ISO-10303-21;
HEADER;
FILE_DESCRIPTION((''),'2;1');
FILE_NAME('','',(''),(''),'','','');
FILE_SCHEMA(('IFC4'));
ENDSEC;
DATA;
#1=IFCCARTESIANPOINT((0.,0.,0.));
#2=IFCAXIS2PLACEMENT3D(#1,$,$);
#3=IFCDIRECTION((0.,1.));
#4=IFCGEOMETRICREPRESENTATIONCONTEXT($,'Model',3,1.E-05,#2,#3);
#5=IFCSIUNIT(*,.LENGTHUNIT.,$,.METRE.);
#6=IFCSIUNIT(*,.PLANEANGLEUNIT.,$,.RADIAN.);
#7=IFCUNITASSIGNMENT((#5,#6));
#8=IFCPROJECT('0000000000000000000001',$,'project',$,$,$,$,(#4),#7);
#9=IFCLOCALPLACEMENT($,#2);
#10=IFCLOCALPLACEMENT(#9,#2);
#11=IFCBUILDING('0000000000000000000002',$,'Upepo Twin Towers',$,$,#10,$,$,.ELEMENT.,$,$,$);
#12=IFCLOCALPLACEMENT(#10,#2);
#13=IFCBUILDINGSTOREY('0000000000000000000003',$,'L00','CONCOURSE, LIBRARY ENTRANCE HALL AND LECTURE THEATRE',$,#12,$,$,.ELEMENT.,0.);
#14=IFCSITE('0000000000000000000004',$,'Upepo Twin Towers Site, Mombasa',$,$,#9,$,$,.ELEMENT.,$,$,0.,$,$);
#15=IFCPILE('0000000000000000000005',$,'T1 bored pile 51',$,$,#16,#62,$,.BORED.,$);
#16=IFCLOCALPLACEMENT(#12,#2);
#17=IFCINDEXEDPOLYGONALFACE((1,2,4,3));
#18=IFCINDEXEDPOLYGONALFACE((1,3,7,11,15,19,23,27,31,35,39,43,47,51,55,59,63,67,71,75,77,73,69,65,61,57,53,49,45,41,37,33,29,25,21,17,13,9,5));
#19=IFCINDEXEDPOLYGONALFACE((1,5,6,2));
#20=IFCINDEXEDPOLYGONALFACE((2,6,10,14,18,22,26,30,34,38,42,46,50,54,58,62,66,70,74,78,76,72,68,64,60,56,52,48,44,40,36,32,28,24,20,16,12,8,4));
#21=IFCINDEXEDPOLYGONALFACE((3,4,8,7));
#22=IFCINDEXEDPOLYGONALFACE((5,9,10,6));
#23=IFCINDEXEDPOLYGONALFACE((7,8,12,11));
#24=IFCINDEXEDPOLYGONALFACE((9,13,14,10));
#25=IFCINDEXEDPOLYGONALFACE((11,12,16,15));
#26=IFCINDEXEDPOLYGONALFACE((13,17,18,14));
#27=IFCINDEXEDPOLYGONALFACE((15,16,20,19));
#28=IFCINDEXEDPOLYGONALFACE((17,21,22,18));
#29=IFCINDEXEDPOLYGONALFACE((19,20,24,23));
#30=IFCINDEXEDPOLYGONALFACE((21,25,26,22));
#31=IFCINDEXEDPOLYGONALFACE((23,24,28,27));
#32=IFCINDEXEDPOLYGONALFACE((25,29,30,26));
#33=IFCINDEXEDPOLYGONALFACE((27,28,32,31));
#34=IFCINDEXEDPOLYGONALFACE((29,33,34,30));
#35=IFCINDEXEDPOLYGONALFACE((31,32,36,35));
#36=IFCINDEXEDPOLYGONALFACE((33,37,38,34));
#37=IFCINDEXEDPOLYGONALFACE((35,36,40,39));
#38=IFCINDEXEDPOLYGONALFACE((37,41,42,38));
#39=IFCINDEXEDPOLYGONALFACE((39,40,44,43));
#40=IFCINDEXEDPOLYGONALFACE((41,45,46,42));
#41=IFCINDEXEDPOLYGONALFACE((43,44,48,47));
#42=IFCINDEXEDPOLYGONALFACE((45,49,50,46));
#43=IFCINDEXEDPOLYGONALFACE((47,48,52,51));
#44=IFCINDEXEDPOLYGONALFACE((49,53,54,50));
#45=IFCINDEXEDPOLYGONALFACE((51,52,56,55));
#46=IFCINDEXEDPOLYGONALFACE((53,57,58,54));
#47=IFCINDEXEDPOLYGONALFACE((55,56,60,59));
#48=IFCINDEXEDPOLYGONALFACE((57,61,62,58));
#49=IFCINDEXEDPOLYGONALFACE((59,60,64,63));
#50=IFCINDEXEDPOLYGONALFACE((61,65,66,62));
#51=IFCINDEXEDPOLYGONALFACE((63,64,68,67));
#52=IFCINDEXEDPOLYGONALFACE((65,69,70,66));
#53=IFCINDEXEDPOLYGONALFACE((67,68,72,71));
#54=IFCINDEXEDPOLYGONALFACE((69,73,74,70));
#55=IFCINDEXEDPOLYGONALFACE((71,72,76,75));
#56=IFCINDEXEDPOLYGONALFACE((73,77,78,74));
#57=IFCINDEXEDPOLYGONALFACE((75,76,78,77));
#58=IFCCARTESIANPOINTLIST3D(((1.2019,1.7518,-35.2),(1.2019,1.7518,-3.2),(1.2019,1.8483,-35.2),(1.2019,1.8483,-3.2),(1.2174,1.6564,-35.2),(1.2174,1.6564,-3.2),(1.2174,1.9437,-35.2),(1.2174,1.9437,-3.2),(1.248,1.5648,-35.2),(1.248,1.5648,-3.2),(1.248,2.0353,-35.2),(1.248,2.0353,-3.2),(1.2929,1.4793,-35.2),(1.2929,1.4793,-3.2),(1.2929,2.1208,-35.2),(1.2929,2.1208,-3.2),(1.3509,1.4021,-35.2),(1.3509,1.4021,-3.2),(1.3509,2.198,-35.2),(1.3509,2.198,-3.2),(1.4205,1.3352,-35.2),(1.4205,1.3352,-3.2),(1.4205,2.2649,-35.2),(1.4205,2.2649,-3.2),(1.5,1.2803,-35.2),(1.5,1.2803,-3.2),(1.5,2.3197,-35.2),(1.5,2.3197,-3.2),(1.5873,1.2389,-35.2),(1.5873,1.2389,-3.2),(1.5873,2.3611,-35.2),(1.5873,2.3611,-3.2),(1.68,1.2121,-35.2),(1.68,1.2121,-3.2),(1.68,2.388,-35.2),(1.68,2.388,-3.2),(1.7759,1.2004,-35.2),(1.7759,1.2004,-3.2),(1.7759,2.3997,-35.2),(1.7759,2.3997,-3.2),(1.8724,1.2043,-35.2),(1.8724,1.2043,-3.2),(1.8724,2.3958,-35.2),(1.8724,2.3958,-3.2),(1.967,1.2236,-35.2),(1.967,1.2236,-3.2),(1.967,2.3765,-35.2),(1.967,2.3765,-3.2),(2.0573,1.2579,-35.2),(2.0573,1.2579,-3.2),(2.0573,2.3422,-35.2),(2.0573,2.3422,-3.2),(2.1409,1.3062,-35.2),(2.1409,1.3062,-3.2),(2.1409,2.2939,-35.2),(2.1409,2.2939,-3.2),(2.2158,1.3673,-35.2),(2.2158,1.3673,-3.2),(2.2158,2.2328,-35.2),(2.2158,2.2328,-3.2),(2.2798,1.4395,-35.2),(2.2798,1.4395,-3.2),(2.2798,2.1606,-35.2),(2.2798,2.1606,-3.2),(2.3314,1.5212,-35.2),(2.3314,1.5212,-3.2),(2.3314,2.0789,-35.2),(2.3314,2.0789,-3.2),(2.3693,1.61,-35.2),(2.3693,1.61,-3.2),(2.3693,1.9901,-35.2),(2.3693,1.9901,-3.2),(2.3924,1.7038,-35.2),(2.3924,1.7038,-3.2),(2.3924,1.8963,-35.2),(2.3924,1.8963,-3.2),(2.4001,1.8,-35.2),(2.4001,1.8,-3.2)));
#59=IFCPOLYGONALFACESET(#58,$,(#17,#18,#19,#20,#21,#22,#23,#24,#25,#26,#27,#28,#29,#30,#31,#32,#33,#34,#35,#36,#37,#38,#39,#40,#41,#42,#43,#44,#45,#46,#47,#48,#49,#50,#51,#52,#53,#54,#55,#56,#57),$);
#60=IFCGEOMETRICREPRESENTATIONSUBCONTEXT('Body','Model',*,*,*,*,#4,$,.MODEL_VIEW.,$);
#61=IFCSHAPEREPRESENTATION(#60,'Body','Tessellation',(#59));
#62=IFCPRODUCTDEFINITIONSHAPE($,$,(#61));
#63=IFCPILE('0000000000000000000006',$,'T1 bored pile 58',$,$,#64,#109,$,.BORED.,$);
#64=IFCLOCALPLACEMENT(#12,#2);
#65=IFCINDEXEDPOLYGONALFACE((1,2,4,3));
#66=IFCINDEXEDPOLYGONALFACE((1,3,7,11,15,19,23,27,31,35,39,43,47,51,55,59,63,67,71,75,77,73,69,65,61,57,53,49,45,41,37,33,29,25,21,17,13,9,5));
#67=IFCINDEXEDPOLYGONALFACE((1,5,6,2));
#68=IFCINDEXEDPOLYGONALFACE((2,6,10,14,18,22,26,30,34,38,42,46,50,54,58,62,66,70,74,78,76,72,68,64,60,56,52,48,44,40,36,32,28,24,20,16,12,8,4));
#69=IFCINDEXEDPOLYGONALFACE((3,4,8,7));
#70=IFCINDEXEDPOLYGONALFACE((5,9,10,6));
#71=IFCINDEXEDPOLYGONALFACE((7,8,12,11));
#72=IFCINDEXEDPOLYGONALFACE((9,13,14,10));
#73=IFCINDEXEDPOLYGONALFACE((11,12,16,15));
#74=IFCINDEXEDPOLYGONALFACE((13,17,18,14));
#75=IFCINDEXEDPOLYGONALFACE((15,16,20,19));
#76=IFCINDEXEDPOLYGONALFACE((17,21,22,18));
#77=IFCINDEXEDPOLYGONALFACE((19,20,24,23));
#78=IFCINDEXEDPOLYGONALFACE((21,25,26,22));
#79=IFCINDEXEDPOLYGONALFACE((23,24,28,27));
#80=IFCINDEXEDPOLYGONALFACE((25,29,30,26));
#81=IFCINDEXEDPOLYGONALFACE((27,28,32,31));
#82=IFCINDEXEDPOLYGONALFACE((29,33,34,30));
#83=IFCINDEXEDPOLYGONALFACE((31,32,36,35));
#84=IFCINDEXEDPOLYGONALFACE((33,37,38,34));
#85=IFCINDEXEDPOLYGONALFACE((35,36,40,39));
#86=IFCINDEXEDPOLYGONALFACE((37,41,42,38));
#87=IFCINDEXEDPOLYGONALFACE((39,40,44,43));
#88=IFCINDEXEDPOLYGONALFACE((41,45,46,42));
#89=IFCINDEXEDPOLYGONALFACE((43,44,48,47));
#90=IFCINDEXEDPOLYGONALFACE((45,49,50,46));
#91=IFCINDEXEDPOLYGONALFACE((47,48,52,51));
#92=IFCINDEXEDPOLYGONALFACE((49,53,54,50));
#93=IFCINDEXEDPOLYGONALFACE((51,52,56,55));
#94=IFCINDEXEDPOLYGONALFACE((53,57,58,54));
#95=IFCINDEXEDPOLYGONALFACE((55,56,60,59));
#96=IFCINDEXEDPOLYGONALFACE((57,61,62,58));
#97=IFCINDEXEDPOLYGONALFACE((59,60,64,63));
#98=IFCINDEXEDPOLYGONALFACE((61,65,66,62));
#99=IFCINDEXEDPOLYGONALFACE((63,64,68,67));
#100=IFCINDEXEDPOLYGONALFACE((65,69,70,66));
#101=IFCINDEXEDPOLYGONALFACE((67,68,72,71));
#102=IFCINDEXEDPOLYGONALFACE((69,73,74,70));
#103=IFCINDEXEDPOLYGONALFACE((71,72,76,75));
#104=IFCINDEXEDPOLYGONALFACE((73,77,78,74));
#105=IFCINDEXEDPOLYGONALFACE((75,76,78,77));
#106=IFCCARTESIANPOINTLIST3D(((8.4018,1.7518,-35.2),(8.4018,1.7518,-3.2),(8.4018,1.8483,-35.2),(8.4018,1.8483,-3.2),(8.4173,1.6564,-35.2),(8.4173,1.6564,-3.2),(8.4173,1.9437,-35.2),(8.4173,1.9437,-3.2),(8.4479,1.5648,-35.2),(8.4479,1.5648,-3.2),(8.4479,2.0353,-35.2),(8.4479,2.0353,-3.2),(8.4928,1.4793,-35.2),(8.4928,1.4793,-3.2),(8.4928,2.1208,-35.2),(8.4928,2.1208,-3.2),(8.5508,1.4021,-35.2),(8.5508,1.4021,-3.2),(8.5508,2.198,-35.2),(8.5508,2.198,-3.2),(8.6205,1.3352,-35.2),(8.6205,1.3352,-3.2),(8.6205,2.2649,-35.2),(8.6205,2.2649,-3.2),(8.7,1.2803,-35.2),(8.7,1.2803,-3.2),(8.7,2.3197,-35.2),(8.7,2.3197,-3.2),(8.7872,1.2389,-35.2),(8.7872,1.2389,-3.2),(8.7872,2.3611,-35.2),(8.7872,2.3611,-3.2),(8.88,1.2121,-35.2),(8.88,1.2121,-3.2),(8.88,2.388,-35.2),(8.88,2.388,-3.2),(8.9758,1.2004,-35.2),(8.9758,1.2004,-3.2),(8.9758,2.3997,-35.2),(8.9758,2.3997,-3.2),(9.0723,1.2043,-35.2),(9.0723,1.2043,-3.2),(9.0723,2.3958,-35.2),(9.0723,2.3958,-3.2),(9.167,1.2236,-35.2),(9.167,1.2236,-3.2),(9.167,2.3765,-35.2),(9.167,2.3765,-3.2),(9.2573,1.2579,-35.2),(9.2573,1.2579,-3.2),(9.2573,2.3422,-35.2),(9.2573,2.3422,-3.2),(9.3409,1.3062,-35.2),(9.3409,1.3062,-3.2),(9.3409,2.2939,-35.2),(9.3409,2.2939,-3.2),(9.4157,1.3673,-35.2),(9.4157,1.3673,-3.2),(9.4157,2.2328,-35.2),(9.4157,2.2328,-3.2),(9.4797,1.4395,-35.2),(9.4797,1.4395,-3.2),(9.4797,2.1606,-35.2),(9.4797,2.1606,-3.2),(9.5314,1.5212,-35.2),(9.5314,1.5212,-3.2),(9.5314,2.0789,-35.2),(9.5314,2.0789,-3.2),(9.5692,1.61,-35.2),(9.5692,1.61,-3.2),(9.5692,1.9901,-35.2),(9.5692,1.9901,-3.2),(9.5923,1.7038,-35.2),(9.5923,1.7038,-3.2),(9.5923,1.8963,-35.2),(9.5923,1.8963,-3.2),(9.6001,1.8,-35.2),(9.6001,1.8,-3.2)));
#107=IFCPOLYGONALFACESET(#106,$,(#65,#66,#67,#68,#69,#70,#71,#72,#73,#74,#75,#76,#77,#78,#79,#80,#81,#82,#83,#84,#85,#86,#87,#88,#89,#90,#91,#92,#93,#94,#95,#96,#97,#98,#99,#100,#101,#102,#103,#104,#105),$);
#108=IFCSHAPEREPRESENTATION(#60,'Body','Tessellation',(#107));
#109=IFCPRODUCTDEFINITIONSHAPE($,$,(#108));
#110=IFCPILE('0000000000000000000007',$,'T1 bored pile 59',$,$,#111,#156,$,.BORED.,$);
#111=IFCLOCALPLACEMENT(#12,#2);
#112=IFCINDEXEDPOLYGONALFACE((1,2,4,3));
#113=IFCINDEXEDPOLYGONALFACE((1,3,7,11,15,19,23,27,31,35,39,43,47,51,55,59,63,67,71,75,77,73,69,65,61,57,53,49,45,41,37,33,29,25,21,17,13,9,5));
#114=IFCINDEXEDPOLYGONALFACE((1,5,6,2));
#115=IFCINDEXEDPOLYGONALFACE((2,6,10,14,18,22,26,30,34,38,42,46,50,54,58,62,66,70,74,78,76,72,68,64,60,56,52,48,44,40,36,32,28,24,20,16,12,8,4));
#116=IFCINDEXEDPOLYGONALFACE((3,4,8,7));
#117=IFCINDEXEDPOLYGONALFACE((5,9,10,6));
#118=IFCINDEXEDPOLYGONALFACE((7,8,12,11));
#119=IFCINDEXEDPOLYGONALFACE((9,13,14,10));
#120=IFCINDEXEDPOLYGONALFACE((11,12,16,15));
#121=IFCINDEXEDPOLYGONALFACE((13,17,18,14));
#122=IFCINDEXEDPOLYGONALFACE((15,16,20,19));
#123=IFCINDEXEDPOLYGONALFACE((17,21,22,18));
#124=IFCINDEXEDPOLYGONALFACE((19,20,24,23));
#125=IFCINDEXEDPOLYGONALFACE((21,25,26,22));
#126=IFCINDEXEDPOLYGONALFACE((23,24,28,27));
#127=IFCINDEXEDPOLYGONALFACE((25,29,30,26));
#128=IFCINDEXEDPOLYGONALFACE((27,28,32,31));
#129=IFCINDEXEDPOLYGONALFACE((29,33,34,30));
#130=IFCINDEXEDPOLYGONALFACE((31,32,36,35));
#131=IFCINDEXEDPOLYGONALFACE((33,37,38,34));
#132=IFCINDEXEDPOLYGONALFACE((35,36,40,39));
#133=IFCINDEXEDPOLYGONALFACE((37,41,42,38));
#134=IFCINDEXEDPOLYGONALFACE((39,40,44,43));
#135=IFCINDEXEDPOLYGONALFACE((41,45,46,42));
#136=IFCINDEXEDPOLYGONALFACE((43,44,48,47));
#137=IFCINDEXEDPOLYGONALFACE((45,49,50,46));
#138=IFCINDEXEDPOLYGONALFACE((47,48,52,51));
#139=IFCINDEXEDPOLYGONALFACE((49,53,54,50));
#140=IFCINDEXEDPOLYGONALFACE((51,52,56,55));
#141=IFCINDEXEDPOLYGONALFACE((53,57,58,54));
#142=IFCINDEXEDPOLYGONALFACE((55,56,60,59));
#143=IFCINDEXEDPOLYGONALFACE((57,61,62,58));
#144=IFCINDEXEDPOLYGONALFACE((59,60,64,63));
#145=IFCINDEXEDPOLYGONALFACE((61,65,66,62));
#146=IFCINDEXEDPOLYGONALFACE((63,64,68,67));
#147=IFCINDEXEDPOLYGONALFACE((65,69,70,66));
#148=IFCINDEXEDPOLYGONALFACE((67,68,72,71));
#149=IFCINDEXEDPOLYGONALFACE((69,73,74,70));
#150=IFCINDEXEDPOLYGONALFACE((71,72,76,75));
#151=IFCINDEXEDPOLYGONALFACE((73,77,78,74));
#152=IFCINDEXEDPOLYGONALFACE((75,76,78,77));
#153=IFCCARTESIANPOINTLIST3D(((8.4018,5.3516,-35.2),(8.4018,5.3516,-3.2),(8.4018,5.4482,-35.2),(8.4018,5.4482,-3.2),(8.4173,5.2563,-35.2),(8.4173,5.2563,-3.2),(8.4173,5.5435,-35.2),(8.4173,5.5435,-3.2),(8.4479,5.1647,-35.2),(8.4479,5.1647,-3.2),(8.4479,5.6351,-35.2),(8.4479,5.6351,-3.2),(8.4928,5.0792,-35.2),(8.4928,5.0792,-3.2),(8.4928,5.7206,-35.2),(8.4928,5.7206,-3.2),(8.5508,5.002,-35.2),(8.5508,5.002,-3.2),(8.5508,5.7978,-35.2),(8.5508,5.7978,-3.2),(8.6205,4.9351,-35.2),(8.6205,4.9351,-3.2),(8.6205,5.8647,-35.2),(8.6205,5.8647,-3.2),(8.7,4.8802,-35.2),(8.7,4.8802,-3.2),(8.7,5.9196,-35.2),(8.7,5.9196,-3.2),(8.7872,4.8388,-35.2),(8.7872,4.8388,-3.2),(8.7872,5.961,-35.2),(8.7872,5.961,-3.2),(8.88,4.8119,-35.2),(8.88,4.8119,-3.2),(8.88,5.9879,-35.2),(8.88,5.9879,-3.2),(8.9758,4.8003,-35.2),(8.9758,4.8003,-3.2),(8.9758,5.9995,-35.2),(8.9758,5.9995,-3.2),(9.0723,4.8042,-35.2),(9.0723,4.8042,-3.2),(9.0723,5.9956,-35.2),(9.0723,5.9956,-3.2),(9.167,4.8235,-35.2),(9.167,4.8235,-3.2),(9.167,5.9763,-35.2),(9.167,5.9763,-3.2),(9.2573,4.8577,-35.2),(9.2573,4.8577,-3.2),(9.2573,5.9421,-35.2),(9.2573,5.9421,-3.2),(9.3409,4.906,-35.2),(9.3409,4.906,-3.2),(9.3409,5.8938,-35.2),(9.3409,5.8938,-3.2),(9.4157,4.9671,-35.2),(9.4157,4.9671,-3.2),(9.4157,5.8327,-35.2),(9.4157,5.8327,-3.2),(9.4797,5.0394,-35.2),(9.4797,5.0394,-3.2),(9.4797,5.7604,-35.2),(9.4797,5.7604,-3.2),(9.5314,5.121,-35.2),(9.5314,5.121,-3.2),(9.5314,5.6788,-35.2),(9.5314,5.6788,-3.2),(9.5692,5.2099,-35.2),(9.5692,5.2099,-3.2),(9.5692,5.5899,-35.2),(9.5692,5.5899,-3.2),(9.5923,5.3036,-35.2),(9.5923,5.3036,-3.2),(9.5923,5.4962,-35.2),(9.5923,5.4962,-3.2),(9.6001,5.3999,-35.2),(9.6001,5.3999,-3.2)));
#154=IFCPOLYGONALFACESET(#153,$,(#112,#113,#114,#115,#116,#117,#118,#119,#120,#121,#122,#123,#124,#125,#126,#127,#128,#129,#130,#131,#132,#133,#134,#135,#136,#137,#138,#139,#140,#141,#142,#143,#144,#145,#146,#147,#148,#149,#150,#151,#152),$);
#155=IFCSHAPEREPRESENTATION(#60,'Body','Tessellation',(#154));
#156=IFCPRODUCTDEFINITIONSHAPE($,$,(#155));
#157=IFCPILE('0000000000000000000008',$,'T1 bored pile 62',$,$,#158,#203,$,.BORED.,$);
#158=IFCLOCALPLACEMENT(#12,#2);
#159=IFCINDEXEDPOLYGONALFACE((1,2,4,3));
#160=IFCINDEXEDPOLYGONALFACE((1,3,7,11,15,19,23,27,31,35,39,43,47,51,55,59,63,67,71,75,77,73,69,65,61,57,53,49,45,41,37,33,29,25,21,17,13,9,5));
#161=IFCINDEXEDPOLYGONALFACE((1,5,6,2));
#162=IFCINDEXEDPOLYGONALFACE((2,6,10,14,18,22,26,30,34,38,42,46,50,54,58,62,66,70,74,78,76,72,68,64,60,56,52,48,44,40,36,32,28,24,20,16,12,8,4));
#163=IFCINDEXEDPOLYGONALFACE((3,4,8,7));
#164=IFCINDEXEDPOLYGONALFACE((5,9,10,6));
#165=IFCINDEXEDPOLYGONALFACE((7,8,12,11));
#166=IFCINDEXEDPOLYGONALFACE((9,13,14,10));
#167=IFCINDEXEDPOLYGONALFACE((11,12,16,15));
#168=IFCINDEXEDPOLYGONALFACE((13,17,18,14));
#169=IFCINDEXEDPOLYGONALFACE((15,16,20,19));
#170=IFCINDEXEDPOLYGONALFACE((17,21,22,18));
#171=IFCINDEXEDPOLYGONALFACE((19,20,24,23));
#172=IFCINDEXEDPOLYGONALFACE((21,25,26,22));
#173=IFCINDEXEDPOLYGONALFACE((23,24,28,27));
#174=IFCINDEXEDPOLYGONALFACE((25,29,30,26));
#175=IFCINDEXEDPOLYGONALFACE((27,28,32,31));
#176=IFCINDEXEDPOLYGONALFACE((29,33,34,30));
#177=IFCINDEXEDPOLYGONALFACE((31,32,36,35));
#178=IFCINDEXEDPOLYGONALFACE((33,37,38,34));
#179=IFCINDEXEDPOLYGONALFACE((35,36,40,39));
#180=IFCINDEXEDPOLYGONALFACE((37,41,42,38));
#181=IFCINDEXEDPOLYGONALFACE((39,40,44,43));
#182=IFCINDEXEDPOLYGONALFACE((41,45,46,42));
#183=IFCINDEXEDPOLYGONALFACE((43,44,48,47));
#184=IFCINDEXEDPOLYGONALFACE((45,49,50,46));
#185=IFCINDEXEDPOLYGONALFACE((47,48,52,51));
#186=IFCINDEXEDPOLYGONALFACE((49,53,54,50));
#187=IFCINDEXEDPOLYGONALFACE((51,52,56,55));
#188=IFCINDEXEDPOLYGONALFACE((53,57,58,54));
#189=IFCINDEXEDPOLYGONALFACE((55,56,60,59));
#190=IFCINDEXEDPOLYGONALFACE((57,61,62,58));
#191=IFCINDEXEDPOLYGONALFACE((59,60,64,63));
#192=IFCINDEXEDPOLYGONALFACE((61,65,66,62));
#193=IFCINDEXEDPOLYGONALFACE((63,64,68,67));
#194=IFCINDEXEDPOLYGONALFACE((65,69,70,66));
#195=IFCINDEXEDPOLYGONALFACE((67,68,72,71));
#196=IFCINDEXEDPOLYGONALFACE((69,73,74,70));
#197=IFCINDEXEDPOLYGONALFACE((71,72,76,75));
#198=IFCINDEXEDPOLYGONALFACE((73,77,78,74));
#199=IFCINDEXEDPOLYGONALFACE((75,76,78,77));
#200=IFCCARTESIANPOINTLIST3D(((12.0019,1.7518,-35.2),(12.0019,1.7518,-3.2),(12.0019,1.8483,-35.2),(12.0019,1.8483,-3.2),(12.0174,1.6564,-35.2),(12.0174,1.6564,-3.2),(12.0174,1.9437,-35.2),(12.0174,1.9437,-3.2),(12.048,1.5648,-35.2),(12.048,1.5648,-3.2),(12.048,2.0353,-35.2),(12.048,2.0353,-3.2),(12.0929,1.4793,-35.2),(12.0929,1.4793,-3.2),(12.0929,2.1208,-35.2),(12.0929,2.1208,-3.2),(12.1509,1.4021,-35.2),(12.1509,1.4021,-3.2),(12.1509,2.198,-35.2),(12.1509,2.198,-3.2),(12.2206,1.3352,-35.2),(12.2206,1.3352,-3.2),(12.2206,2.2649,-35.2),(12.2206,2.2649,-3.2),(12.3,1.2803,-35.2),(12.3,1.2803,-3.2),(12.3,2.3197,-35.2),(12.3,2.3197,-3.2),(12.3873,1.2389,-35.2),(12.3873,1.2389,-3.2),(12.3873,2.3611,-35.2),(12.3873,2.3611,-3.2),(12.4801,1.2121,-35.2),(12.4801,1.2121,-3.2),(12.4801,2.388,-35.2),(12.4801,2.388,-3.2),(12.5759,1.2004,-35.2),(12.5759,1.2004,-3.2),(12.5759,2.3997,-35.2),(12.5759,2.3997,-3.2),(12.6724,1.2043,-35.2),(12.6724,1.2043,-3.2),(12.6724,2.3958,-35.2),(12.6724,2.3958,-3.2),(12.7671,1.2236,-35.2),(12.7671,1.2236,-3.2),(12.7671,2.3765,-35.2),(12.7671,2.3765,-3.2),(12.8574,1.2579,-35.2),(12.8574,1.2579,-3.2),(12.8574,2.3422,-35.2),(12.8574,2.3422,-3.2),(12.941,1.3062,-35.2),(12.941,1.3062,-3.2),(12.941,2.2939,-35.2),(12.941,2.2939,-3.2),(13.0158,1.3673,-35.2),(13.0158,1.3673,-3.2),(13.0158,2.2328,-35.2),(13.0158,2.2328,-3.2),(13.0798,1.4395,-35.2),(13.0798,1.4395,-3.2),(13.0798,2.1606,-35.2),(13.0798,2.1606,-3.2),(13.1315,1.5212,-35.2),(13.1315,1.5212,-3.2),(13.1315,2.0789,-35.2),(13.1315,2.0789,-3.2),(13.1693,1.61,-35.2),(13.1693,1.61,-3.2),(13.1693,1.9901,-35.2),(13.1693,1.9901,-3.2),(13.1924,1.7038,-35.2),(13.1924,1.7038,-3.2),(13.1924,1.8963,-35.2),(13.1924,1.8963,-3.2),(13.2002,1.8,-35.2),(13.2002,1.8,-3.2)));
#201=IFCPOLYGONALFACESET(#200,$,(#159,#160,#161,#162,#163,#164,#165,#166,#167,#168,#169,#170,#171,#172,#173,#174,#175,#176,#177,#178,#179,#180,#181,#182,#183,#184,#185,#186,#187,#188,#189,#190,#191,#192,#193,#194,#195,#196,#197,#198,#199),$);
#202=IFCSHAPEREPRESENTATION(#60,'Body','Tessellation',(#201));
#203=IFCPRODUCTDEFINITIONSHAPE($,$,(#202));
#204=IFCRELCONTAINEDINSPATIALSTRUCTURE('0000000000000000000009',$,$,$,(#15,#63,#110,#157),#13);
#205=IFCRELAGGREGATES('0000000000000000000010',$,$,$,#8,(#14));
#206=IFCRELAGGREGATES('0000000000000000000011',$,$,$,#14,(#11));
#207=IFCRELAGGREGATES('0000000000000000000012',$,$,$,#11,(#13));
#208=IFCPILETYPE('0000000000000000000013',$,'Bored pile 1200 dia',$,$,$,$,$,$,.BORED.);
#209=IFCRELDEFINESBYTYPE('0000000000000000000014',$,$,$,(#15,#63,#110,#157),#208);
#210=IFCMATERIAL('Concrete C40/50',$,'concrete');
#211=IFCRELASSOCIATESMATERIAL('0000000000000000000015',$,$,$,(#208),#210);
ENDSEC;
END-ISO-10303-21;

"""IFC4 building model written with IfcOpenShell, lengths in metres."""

from ifc_helpers import new_model, si_unit, direction, frame, origin, origin_2d, place, context, subcontext, project, spatial, circle, extrude, material, type_object, element, save


model = new_model("IFC4")

# Units and contexts
model_context = context("Model", 3, precision=1e-05, world=origin(), true_north=direction((0.0, 1.0)))
body_context = subcontext(model_context, "Body", "Model", "MODEL_VIEW")
ifc_project = project(units=[si_unit("LENGTHUNIT", "METRE"), si_unit("PLANEANGLEUNIT", "RADIAN")], contexts=[model_context])

# Site, building, storey
site_placement = place(None, origin())
site = spatial("IfcSite", under=ifc_project, at=site_placement, Name="Upepo Twin Towers Site, Mombasa", CompositionType="ELEMENT", RefElevation=0.0)
building_placement = place(site_placement, origin())
building = spatial("IfcBuilding", under=site, at=building_placement, Name="Upepo Twin Towers", CompositionType="ELEMENT")
storey_placement = place(building_placement, origin())
storey = spatial("IfcBuildingStorey", under=building, at=storey_placement, Name="L00", Description="CONCOURSE, LIBRARY ENTRANCE HALL AND LECTURE THEATRE", CompositionType="ELEMENT", Elevation=0.0)

# Piles
ifc_material_1 = material(Name="Concrete C40/50", Category="concrete")
pile_type = type_object("IfcPileType", Name="Bored pile 1200 dia", PredefinedType="BORED", material=ifc_material_1)
for number, where, z_axis, x_axis, name in (
    (1, (1.8, 1.8, -3.2), (0.0, 0.0, -1.0), (1.0, 0.0, 0.0), "T1 bored pile 51"),
    (2, (9.0, 1.8, -3.2), (0.0, 0.0, -1.0), (1.0, 0.0, 0.0), "T1 bored pile 58"),
    (3, (9.0, 5.3999, -3.2), (0.0, 0.0, -1.0), (1.0, 0.0, 0.0), "T1 bored pile 59"),
    (4, (12.6001, 1.8, -3.2), (0.0, 0.0, -1.0), (1.0, 0.0, 0.0), "T1 bored pile 62"),
):
    element("IfcPile", number, at=place(storey_placement, frame(where, z_axis=z_axis, x_axis=x_axis)), inside=storey, type_object=pile_type, Name=name, PredefinedType="BORED", context=body_context, shape_type="SweptSolid", body=[
        extrude(circle(Radius=0.6001, at=origin_2d()), origin(), (0.0, 0.0, 1.0), 32.0),
    ])

save(model, "model.ifc")
